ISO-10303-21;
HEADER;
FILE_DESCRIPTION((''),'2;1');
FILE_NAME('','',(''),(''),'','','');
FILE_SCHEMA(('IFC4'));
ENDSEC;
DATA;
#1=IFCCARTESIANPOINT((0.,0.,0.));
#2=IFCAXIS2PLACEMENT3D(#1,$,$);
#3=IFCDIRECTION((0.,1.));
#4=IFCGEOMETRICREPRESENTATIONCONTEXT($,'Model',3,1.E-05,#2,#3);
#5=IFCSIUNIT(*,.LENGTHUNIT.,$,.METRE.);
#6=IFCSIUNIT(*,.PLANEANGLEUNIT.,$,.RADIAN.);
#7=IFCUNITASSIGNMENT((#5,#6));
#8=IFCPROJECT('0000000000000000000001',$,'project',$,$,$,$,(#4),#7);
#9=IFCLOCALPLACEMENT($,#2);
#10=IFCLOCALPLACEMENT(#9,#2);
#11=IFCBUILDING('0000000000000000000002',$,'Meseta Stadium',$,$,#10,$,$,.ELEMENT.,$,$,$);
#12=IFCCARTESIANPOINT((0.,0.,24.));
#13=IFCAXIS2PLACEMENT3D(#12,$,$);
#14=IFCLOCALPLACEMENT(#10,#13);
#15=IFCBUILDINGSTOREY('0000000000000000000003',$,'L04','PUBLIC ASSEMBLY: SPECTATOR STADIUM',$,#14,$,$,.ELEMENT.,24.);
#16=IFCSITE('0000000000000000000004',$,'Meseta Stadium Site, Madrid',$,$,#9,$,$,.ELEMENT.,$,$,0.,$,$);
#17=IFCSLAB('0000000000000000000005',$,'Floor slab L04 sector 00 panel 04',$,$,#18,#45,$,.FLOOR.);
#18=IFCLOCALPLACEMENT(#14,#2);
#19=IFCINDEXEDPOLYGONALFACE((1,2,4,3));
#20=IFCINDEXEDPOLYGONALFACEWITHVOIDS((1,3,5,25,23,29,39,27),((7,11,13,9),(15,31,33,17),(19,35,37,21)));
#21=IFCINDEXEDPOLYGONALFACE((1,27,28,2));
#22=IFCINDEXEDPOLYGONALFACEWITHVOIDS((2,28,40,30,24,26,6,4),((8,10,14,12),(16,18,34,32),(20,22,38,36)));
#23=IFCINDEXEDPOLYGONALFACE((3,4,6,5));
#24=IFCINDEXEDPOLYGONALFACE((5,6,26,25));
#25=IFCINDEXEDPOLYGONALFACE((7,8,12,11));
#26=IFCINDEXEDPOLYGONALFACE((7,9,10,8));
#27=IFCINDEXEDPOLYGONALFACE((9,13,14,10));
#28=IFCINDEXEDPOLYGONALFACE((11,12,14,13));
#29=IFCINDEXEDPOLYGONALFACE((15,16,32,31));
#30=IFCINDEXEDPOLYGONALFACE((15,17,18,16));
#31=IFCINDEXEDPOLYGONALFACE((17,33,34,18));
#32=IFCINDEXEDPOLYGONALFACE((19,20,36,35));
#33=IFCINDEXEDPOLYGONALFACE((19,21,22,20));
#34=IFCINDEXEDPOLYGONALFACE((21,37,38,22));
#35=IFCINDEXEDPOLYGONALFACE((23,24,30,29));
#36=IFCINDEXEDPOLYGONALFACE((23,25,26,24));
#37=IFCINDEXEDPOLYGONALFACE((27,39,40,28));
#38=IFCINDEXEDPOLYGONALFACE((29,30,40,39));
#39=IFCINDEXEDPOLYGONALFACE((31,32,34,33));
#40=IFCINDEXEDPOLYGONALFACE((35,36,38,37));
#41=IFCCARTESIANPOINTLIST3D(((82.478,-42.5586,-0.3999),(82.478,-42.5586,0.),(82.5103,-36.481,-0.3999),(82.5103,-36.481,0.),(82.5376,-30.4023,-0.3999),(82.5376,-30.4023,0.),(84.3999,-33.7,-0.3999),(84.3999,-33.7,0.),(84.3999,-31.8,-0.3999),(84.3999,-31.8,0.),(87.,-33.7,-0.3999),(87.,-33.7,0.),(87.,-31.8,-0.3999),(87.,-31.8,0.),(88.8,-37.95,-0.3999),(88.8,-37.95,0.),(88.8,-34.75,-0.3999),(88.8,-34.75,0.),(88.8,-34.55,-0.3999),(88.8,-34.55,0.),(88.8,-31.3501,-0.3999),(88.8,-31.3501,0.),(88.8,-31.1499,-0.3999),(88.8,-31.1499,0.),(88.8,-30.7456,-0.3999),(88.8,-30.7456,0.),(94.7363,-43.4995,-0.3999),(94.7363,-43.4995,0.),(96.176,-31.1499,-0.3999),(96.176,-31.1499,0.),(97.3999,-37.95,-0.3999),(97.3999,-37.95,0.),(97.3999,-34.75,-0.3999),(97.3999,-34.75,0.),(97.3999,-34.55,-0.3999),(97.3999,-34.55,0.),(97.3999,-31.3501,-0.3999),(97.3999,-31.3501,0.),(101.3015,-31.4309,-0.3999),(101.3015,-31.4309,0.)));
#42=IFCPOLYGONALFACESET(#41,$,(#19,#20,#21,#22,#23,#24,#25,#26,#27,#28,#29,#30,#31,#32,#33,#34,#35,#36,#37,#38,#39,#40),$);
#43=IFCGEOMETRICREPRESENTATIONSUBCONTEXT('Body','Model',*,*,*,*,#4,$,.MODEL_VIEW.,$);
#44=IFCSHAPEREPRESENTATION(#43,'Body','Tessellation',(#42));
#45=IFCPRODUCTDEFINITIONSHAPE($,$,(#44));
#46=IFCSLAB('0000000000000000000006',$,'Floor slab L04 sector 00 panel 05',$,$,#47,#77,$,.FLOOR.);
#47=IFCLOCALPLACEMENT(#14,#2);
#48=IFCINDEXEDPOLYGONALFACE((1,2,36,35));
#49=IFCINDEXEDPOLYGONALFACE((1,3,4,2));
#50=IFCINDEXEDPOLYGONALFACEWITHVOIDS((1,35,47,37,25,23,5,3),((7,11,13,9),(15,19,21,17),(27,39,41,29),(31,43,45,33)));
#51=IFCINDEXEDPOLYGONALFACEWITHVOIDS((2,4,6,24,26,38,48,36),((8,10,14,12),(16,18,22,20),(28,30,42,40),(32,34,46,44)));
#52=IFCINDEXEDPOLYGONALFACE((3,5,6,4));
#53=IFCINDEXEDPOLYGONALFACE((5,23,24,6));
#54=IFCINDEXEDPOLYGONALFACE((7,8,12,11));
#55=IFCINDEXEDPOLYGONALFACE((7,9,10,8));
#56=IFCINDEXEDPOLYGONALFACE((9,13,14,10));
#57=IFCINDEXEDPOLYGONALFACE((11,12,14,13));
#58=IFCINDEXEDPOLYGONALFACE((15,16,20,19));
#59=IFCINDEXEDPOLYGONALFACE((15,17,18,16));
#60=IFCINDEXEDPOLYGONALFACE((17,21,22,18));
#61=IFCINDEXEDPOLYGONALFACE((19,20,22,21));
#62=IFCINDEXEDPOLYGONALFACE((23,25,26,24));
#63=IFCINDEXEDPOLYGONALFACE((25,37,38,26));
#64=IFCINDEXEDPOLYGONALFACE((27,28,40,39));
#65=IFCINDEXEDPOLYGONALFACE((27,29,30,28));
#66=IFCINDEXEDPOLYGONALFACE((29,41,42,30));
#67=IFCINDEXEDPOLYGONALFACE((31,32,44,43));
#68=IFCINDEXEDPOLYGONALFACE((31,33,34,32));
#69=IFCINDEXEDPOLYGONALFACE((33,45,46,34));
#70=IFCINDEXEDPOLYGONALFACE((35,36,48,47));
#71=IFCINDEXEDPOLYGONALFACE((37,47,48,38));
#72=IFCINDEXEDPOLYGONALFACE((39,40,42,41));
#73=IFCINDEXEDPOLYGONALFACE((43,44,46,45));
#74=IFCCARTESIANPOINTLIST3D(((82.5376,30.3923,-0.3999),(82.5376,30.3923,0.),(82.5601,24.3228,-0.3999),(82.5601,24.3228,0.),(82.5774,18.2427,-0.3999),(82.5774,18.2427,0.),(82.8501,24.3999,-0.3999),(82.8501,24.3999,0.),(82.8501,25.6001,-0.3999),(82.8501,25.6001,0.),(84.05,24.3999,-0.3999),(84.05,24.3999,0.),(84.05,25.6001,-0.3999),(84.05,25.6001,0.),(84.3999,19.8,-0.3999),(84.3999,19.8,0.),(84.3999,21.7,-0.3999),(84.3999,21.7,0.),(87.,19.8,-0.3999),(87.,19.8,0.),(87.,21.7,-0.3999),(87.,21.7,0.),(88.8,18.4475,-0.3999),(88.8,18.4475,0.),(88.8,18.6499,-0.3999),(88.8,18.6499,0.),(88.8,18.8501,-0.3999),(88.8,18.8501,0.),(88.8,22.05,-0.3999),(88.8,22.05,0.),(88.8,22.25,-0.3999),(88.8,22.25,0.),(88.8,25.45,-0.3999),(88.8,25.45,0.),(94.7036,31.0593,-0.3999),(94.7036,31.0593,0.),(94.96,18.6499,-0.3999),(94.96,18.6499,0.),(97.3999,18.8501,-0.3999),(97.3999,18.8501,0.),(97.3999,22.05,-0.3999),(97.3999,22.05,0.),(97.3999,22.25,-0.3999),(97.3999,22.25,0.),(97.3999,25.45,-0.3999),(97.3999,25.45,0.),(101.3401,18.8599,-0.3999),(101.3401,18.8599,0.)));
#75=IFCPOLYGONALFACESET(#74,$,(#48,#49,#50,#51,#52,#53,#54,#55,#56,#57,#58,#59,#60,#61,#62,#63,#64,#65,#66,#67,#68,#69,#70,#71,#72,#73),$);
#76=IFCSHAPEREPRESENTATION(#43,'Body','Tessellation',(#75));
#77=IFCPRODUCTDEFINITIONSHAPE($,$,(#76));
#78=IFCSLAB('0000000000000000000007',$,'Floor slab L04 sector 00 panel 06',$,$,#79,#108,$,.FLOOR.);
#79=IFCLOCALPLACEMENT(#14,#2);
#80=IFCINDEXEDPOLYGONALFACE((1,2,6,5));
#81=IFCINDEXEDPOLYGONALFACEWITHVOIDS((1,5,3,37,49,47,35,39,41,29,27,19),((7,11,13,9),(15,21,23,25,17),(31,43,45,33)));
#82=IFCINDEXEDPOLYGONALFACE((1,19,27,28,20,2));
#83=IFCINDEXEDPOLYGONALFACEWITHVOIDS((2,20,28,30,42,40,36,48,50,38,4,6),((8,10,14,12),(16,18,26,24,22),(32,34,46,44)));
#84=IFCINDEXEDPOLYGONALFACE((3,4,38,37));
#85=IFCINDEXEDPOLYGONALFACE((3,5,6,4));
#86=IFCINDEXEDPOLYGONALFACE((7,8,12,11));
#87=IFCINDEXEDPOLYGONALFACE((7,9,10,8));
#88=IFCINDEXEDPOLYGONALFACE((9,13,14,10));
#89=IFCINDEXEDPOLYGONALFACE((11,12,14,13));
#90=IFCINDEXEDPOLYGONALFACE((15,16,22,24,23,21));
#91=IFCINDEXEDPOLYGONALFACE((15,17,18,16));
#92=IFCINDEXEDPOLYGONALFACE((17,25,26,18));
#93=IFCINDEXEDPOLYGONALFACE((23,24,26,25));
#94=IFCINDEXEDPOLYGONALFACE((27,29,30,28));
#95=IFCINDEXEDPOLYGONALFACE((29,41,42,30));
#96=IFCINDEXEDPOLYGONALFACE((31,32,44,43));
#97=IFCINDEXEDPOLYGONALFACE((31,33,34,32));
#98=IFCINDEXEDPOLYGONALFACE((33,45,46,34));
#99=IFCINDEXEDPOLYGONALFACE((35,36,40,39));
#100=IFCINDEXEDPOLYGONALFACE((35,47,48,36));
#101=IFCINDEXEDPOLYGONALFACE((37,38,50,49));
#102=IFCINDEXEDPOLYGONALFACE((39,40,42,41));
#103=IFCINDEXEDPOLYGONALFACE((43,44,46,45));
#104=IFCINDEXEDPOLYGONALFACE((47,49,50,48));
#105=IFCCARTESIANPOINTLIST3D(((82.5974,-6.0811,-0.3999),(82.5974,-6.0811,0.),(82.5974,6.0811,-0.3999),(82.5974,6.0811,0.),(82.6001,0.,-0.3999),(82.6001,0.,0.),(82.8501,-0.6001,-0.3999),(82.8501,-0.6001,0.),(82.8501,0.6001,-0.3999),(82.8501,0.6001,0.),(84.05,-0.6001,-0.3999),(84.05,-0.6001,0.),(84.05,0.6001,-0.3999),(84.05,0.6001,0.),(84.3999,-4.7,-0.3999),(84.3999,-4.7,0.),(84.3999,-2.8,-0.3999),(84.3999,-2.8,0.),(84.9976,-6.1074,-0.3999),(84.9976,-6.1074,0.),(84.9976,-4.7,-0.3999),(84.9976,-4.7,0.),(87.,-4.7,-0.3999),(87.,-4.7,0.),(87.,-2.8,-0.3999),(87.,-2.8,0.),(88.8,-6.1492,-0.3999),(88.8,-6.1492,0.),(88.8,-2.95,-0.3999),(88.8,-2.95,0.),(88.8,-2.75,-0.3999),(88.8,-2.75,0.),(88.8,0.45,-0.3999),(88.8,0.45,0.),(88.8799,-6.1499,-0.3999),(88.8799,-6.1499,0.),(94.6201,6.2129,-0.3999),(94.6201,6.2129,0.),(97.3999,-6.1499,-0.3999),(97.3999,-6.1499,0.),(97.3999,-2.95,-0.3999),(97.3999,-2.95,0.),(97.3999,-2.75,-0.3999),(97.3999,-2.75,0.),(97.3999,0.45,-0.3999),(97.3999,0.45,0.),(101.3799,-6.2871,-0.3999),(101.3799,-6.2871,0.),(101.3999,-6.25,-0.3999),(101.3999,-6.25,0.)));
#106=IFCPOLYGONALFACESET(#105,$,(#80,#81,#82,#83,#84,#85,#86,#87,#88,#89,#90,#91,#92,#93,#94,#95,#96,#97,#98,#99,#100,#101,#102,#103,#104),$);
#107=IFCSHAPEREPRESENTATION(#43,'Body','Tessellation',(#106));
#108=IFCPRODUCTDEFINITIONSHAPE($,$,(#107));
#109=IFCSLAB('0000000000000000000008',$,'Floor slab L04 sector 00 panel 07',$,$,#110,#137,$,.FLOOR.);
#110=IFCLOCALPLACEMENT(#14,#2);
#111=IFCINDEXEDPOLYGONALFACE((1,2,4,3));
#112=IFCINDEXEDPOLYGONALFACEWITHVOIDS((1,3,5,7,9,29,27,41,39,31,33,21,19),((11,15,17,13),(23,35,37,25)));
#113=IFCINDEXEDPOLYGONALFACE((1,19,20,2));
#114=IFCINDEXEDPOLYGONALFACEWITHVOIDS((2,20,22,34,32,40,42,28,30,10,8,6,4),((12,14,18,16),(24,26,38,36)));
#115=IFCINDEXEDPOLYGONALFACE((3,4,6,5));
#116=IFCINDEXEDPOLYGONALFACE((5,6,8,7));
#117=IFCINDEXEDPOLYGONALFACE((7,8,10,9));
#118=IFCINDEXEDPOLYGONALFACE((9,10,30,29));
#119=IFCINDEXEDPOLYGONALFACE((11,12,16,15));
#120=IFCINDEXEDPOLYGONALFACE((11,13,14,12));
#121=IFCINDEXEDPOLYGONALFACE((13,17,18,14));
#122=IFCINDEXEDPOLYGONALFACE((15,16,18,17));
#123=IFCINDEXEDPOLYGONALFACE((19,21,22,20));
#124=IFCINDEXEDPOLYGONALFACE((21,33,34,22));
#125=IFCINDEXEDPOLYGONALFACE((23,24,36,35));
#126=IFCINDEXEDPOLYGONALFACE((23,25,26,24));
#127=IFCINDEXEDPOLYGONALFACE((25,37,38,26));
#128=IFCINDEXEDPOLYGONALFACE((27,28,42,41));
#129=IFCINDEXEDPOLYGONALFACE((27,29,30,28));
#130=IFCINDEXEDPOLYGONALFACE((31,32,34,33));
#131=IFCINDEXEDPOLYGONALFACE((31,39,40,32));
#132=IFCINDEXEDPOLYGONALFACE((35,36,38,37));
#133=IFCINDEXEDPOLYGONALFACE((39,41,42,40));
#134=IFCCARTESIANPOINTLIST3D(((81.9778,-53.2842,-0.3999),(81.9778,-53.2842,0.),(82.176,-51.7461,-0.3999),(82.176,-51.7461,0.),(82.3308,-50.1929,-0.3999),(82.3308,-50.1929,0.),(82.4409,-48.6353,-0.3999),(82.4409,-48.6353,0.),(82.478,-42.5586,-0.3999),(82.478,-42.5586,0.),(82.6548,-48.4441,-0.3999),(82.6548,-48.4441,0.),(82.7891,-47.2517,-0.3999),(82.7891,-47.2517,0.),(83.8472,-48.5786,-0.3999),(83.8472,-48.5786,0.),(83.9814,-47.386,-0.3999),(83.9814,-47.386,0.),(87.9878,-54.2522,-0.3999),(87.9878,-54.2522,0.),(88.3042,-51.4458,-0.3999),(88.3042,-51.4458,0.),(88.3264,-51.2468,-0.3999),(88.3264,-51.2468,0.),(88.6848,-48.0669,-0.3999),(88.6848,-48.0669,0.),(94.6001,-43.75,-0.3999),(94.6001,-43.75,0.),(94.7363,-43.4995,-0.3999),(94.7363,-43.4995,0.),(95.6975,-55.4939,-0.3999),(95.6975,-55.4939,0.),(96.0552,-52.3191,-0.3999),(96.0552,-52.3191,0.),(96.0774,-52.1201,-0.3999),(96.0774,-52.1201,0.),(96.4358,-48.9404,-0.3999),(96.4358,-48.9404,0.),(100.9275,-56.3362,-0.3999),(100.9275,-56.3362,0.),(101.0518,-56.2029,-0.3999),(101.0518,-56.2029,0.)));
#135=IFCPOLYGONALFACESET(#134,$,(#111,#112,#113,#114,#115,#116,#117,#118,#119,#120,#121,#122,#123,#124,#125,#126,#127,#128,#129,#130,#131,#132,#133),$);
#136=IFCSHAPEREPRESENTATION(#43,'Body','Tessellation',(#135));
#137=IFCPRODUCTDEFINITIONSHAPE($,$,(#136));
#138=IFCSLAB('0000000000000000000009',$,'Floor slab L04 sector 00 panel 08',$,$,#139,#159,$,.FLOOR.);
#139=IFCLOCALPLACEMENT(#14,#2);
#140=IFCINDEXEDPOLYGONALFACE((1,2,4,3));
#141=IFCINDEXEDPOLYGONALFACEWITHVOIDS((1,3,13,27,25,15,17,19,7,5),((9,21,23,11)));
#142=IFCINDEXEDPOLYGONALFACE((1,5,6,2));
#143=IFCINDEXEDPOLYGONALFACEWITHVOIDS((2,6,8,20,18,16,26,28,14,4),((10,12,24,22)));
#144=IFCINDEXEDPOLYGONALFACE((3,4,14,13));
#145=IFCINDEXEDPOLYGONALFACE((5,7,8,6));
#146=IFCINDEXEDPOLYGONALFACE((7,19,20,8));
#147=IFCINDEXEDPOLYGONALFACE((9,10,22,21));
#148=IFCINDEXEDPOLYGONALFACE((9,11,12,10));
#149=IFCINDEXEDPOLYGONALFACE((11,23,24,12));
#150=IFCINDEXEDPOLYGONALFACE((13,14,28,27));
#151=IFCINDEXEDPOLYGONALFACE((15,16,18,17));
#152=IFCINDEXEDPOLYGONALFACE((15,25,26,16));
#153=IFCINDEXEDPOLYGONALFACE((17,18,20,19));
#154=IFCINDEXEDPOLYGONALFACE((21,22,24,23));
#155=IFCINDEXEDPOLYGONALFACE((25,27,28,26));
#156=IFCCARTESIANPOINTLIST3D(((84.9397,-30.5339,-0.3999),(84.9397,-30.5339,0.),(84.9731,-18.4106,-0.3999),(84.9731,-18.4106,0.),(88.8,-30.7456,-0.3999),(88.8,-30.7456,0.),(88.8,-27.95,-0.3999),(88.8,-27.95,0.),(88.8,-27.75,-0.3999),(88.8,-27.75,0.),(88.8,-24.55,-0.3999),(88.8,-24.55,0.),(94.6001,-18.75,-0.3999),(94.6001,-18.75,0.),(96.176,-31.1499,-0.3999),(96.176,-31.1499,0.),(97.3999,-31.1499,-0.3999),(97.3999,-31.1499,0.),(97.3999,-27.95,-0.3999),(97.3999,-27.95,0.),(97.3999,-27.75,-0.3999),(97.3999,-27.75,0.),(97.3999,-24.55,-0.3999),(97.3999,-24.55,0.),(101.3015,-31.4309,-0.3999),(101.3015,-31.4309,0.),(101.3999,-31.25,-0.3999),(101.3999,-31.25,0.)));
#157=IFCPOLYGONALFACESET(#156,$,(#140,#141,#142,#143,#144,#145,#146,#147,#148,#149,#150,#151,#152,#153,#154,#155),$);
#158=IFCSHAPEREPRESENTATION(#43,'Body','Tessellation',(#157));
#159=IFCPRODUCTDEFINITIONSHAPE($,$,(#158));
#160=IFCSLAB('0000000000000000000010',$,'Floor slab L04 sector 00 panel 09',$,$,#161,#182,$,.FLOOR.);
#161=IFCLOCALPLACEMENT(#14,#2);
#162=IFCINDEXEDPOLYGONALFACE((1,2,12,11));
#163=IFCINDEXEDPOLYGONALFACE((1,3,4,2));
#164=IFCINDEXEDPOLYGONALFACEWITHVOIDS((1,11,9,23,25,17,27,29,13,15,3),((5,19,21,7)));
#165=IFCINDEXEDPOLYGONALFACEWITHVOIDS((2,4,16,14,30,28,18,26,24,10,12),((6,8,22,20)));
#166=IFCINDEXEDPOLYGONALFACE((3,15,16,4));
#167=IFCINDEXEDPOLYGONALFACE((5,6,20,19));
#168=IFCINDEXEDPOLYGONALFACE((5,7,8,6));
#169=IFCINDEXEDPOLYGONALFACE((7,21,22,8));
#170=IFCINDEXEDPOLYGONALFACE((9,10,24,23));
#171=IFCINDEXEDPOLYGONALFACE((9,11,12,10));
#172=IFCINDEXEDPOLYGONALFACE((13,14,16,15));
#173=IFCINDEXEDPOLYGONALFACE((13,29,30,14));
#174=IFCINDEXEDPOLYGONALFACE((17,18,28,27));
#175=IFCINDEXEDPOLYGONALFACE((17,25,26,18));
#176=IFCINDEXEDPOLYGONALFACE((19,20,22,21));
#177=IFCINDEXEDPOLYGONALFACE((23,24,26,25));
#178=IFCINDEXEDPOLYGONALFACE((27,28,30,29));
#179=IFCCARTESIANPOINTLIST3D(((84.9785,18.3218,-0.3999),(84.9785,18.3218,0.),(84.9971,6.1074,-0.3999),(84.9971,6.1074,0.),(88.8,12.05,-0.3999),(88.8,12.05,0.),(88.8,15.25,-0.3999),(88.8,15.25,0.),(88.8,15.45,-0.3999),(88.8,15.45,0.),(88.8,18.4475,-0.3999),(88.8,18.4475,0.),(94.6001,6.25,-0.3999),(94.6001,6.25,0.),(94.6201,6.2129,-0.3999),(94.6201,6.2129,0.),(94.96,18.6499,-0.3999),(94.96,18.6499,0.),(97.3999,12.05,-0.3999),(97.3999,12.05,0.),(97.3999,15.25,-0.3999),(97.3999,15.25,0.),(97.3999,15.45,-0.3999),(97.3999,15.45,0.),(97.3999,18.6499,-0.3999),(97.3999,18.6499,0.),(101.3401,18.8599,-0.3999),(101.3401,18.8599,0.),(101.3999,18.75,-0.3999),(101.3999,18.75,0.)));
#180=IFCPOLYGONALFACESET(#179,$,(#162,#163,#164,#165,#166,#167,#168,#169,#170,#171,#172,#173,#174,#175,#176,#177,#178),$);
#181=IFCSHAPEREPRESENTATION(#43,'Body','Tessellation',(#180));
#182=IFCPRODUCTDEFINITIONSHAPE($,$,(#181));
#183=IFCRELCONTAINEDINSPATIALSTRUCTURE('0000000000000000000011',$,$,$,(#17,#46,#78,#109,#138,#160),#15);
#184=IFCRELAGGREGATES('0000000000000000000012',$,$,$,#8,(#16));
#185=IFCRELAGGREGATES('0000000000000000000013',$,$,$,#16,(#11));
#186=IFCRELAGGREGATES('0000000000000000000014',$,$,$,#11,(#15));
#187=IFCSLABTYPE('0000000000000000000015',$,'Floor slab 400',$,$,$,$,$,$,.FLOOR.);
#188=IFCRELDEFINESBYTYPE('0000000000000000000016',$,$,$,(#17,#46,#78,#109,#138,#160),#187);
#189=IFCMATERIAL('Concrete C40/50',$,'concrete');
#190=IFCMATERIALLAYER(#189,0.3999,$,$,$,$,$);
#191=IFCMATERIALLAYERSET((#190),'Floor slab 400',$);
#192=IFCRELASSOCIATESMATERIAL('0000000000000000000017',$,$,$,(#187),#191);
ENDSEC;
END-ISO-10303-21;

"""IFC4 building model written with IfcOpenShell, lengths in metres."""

from ifc_helpers import new_model, si_unit, direction, frame, origin, place, context, subcontext, project, spatial, polyline, outline, extrude, material, layer, layer_set, type_object, element, save


model = new_model("IFC4")

# Units and contexts
model_context = context("Model", 3, precision=1e-05, world=origin(), true_north=direction((0.0, 1.0)))
body_context = subcontext(model_context, "Body", "Model", "MODEL_VIEW")
ifc_project = project(units=[si_unit("LENGTHUNIT", "METRE"), si_unit("PLANEANGLEUNIT", "RADIAN")], contexts=[model_context])

# Site, building, storey
site_placement = place(None, origin())
site = spatial("IfcSite", under=ifc_project, at=site_placement, Name="Meseta Stadium Site, Madrid", CompositionType="ELEMENT", RefElevation=0.0)
building_placement = place(site_placement, origin())
building = spatial("IfcBuilding", under=site, at=building_placement, Name="Meseta Stadium", CompositionType="ELEMENT")
storey_placement = place(building_placement, frame((0.0, 0.0, 24.0)))
storey = spatial("IfcBuildingStorey", under=building, at=storey_placement, Name="L04", Description="PUBLIC ASSEMBLY: SPECTATOR STADIUM", CompositionType="ELEMENT", Elevation=24.0)

# Slabs
ifc_material_1 = material(Name="Concrete C40/50", Category="concrete")
ifc_layer_1 = layer(ifc_material_1, 0.3999)
ifc_layer_set_1 = layer_set([ifc_layer_1], Name="Floor slab 400")
slab_type_1 = type_object("IfcSlabType", Name="Floor slab 400", PredefinedType="FLOOR", material=ifc_layer_set_1)
slab_1_placement = place(storey_placement, frame((0.0, 0.0, -0.3999)))
element("IfcSlab", 1, at=slab_1_placement, inside=storey, type_object=slab_type_1, Name="Floor slab L04 sector 00 panel 04", PredefinedType="FLOOR", context=body_context, shape_type="SweptSolid", body=[
    extrude(outline(polyline([(88.8, -30.7456), (82.5376, -30.4023), (82.5103, -36.481), (82.478, -42.5586), (94.7363, -43.4995), (101.3015, -31.4309), (96.176, -31.1499), (88.8, -31.1499), (88.8, -30.7456)]), holes=[polyline([(84.3999, -33.7), (84.3999, -31.8), (87.0, -31.8), (87.0, -33.7), (84.3999, -33.7)]), polyline([(88.8, -34.75), (97.3999, -34.75), (97.3999, -37.95), (88.8, -37.95), (88.8, -34.75)]), polyline([(88.8, -31.3501), (97.3999, -31.3501), (97.3999, -34.55), (88.8, -34.55), (88.8, -31.3501)])]), origin(), (0.0, 0.0, 1.0), 0.3999),
])
slab_2_placement = place(storey_placement, frame((0.0, 0.0, -0.3999)))
element("IfcSlab", 2, at=slab_2_placement, inside=storey, type_object=slab_type_1, Name="Floor slab L04 sector 00 panel 05", PredefinedType="FLOOR", context=body_context, shape_type="SweptSolid", body=[
    extrude(outline(polyline([(94.7036, 31.0593), (82.5376, 30.3923), (82.5601, 24.3228), (82.5774, 18.2427), (88.8, 18.4475), (88.8, 18.6499), (94.96, 18.6499), (101.3401, 18.8599), (94.7036, 31.0593)]), holes=[polyline([(84.3999, 19.8), (84.3999, 21.7), (87.0, 21.7), (87.0, 19.8), (84.3999, 19.8)]), polyline([(84.05, 25.6001), (84.05, 24.3999), (82.8501, 24.3999), (82.8501, 25.6001), (84.05, 25.6001)]), polyline([(88.8, 22.05), (97.3999, 22.05), (97.3999, 18.8501), (88.8, 18.8501), (88.8, 22.05)]), polyline([(88.8, 25.45), (97.3999, 25.45), (97.3999, 22.25), (88.8, 22.25), (88.8, 25.45)])]), origin(), (0.0, 0.0, 1.0), 0.3999),
])
slab_3_placement = place(storey_placement, frame((0.0, 0.0, -0.3999)))
element("IfcSlab", 3, at=slab_3_placement, inside=storey, type_object=slab_type_1, Name="Floor slab L04 sector 00 panel 06", PredefinedType="FLOOR", context=body_context, shape_type="SweptSolid", body=[
    extrude(outline(polyline([(94.6201, 6.2129), (82.5974, 6.0811), (82.6001, 0.0), (82.5974, -6.0811), (84.9976, -6.1074), (88.8, -6.1492), (88.8, -2.95), (97.3999, -2.95), (97.3999, -6.1499), (88.8799, -6.1499), (101.3799, -6.2871), (101.3999, -6.25), (94.6201, 6.2129)]), holes=[polyline([(87.0, -4.7), (84.9976, -4.7), (84.3999, -4.7), (84.3999, -2.8), (87.0, -2.8), (87.0, -4.7)]), polyline([(82.8501, 0.6001), (84.05, 0.6001), (84.05, -0.6001), (82.8501, -0.6001), (82.8501, 0.6001)]), polyline([(88.8, 0.45), (97.3999, 0.45), (97.3999, -2.75), (88.8, -2.75), (88.8, 0.45)])]), origin(), (0.0, 0.0, 1.0), 0.3999),
])
slab_4_placement = place(storey_placement, frame((0.0, 0.0, -0.3999)))
element("IfcSlab", 4, at=slab_4_placement, inside=storey, type_object=slab_type_1, Name="Floor slab L04 sector 00 panel 07", PredefinedType="FLOOR", context=body_context, shape_type="SweptSolid", body=[
    extrude(outline(polyline([(94.7363, -43.4995), (82.478, -42.5586), (82.4409, -48.6353), (82.3308, -50.1929), (82.176, -51.7461), (81.9778, -53.2842), (87.9878, -54.2522), (88.3042, -51.4458), (96.0552, -52.3191), (95.6975, -55.4939), (100.9275, -56.3362), (101.0518, -56.2029), (94.6001, -43.75), (94.7363, -43.4995)]), holes=[polyline([(82.7891, -47.2517), (83.9814, -47.386), (83.8472, -48.5786), (82.6548, -48.4441), (82.7891, -47.2517)]), polyline([(96.0774, -52.1201), (88.3264, -51.2468), (88.6848, -48.0669), (96.4358, -48.9404), (96.0774, -52.1201)])]), origin(), (0.0, 0.0, 1.0), 0.3999),
])
slab_5_placement = place(storey_placement, frame((0.0, 0.0, -0.3999)))
element("IfcSlab", 5, at=slab_5_placement, inside=storey, type_object=slab_type_1, Name="Floor slab L04 sector 00 panel 08", PredefinedType="FLOOR", context=body_context, shape_type="SweptSolid", body=[
    extrude(outline(polyline([(101.3999, -31.25), (94.6001, -18.75), (84.9731, -18.4106), (84.9397, -30.5339), (88.8, -30.7456), (88.8, -27.95), (97.3999, -27.95), (97.3999, -31.1499), (96.176, -31.1499), (101.3015, -31.4309), (101.3999, -31.25)]), holes=[polyline([(97.3999, -27.75), (88.8, -27.75), (88.8, -24.55), (97.3999, -24.55), (97.3999, -27.75)])]), origin(), (0.0, 0.0, 1.0), 0.3999),
])
slab_6_placement = place(storey_placement, frame((0.0, 0.0, -0.3999)))
element("IfcSlab", 6, at=slab_6_placement, inside=storey, type_object=slab_type_1, Name="Floor slab L04 sector 00 panel 09", PredefinedType="FLOOR", context=body_context, shape_type="SweptSolid", body=[
    extrude(outline(polyline([(84.9971, 6.1074), (94.6201, 6.2129), (94.6001, 6.25), (101.3999, 18.75), (101.3401, 18.8599), (94.96, 18.6499), (97.3999, 18.6499), (97.3999, 15.45), (88.8, 15.45), (88.8, 18.4475), (84.9785, 18.3218), (84.9971, 6.1074)]), holes=[polyline([(97.3999, 12.05), (88.8, 12.05), (88.8, 15.25), (97.3999, 15.25), (97.3999, 12.05)])]), origin(), (0.0, 0.0, 1.0), 0.3999),
])

save(model, "model.ifc")
